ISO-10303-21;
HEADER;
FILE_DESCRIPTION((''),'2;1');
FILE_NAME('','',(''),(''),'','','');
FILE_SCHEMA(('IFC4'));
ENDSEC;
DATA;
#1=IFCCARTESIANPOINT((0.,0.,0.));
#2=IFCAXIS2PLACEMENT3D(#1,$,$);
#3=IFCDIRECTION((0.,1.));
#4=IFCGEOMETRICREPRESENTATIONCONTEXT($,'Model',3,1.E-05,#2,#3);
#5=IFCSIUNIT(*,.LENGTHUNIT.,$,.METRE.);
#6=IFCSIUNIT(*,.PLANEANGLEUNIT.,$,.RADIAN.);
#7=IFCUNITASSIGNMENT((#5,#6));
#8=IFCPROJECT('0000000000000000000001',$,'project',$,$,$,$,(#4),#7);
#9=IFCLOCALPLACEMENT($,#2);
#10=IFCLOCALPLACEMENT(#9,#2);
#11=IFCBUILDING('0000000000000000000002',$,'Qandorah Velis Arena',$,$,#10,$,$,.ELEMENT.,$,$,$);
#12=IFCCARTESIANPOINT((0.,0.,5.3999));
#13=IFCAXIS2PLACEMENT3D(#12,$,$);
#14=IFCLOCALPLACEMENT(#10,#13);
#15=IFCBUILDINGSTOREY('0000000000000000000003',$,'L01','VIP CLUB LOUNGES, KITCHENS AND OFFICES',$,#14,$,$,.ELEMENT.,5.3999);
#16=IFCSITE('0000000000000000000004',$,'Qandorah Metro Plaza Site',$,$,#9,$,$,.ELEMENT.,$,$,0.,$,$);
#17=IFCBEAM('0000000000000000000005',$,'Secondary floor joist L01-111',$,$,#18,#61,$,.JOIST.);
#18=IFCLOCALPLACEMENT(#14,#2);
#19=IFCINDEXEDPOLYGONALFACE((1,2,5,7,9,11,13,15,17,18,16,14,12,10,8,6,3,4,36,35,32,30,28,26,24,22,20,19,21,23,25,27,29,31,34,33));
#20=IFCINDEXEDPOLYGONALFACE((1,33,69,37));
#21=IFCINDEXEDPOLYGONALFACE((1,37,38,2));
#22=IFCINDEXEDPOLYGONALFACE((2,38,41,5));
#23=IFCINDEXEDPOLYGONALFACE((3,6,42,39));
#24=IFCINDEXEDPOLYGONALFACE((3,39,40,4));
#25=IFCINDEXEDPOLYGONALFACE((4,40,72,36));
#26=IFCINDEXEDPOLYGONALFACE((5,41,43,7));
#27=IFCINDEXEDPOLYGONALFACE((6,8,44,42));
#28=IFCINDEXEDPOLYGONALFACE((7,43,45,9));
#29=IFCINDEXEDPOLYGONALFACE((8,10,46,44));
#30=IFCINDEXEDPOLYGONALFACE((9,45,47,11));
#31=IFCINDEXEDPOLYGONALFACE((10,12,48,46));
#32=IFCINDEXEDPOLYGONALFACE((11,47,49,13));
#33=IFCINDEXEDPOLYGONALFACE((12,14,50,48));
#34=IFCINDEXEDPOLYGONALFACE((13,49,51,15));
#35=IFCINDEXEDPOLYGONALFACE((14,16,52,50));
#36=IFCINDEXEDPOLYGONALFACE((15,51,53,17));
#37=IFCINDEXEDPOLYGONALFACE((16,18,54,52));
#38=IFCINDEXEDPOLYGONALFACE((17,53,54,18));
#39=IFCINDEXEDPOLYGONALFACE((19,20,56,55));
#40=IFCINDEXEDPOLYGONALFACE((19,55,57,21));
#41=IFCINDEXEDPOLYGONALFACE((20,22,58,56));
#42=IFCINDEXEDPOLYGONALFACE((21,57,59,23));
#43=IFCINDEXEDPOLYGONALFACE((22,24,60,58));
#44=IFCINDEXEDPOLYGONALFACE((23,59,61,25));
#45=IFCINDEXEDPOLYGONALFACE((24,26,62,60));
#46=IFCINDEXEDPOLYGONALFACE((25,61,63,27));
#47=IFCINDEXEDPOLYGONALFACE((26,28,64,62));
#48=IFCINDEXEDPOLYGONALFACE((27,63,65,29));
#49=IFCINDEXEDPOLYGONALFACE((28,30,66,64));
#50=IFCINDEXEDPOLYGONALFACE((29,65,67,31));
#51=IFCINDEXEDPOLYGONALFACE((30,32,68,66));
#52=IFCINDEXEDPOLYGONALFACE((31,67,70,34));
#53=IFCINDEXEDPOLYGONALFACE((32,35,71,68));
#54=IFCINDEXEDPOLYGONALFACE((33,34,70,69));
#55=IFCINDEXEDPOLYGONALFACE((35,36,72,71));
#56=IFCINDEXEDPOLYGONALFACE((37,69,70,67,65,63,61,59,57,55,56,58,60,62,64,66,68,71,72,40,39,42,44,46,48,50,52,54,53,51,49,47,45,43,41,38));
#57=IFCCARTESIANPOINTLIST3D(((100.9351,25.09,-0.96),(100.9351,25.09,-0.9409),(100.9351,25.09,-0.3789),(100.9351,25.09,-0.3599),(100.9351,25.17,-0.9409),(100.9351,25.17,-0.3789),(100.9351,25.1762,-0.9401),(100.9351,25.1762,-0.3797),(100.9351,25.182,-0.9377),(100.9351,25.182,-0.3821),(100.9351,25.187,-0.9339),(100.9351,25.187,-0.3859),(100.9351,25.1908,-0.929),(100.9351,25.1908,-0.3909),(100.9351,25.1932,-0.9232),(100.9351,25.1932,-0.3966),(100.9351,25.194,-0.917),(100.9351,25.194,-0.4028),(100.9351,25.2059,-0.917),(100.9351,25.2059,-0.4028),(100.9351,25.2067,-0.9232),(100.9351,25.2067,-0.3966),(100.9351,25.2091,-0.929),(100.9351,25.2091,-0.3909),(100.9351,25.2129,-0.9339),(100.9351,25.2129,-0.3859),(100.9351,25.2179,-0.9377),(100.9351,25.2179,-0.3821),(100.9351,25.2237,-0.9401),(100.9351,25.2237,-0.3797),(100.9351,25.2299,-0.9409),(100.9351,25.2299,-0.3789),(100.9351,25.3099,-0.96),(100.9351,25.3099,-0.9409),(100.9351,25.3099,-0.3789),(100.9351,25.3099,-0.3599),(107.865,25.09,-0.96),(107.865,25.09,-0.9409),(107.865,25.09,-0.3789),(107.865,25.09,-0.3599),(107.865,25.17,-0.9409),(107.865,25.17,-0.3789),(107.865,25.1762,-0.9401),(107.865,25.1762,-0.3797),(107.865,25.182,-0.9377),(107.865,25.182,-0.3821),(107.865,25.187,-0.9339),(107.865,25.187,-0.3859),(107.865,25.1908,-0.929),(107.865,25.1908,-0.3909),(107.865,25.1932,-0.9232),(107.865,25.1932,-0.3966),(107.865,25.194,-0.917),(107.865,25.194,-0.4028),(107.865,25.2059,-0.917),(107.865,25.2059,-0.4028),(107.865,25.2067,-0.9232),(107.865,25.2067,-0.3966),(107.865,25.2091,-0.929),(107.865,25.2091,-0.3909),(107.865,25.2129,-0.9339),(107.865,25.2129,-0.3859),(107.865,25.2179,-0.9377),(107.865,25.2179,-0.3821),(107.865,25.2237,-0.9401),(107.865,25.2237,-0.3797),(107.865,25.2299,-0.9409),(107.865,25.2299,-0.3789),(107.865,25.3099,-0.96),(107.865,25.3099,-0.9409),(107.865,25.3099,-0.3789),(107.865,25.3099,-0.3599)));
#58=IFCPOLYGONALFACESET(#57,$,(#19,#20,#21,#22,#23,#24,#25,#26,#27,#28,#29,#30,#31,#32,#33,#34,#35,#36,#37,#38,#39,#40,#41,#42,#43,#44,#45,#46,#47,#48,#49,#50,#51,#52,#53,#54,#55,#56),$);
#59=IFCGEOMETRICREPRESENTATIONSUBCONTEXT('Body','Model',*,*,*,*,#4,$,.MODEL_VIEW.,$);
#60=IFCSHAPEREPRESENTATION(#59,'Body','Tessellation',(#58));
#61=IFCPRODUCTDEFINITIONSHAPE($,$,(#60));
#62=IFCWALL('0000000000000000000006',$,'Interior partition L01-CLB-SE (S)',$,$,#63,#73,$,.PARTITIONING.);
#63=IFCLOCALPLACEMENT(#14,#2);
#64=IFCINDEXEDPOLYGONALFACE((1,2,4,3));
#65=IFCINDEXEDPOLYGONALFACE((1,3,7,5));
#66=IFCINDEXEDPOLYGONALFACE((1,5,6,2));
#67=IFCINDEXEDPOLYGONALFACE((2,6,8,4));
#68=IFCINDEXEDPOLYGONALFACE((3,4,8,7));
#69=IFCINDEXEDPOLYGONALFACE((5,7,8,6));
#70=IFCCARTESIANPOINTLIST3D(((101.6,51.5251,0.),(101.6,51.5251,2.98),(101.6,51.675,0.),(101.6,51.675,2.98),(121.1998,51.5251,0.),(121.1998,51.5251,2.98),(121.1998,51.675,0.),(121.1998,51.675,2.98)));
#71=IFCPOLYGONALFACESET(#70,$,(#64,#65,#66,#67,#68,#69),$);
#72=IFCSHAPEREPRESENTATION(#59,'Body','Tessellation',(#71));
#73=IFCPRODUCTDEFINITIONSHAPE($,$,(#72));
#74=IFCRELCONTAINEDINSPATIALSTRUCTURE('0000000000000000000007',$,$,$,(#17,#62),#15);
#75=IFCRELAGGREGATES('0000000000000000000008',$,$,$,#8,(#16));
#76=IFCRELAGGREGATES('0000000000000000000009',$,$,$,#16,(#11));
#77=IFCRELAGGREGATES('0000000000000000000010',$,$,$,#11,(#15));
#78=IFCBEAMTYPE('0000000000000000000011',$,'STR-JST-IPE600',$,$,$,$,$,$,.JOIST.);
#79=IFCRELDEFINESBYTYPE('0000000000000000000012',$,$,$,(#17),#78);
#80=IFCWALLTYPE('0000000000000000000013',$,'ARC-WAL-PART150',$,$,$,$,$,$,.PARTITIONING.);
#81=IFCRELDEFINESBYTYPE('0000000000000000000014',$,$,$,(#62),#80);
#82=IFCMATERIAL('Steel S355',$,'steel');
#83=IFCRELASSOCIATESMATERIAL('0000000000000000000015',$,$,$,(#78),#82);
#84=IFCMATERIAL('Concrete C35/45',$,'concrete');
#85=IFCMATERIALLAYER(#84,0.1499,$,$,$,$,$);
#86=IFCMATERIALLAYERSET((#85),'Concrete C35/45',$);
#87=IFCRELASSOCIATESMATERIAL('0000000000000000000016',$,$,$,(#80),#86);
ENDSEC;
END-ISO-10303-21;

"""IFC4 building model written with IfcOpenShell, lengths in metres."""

from ifc_helpers import new_model, si_unit, direction, frame, frame_2d, origin, origin_2d, place, context, subcontext, project, spatial, rectangle, i_section, extrude, material, layer, layer_set, material_profile, profile_set, type_object, element, save


model = new_model("IFC4")

# Units and contexts
model_context = context("Model", 3, precision=1e-05, world=origin(), true_north=direction((0.0, 1.0)))
body_context = subcontext(model_context, "Body", "Model", "MODEL_VIEW")
ifc_project = project(units=[si_unit("LENGTHUNIT", "METRE"), si_unit("PLANEANGLEUNIT", "RADIAN")], contexts=[model_context])

# Site, building, storey
site_placement = place(None, origin())
site = spatial("IfcSite", under=ifc_project, at=site_placement, Name="Qandorah Metro Plaza Site", CompositionType="ELEMENT", RefElevation=0.0)
building_placement = place(site_placement, origin())
building = spatial("IfcBuilding", under=site, at=building_placement, Name="Qandorah Velis Arena", CompositionType="ELEMENT")
storey_placement = place(building_placement, frame((0.0, 0.0, 5.3999)))
storey = spatial("IfcBuildingStorey", under=building, at=storey_placement, Name="L01", Description="VIP CLUB LOUNGES, KITCHENS AND OFFICES", CompositionType="ELEMENT", Elevation=5.3999)

# Beam
ifc_material_1 = material(Name="Steel S355", Category="steel")
ifc_material_profile_1 = material_profile(ifc_material_1, i_section(OverallWidth=0.22, OverallDepth=0.6001, WebThickness=0.012, FlangeThickness=0.019, FilletRadius=0.0239, at=origin_2d()), Name="IPE 600")
ifc_profile_set_1 = profile_set([ifc_material_profile_1], Name="Steel S355")
beam_type_1 = type_object("IfcBeamType", Name="STR-JST-IPE600", PredefinedType="JOIST", material=ifc_profile_set_1)
beam_1_placement = place(storey_placement, frame((100.9351, 25.2, -0.6599), z_axis=(1.0, 0.0, 0.0), x_axis=(0.0, 1.0, 0.0)))
element("IfcBeam", 1, at=beam_1_placement, inside=storey, type_object=beam_type_1, Name="Secondary floor joist L01-111", PredefinedType="JOIST", context=body_context, shape_type="SweptSolid", body=[
    extrude(i_section(OverallWidth=0.22, OverallDepth=0.6001, WebThickness=0.012, FlangeThickness=0.019, FilletRadius=0.0239, at=origin_2d()), origin(), (0.0, 0.0, 1.0), 6.9299),
])

# Wall
ifc_material_2 = material(Name="Concrete C35/45", Category="concrete")
ifc_layer = layer(ifc_material_2, 0.1499)
ifc_layer_set = layer_set([ifc_layer], Name="Concrete C35/45")
wall_type = type_object("IfcWallType", Name="ARC-WAL-PART150", PredefinedType="PARTITIONING", material=ifc_layer_set)
wall_placement = place(storey_placement, frame((101.6001, 51.6001, 0.0), z_axis=(0.0, 0.0, 1.0), x_axis=(1.0, 0.0, 0.0)))
element("IfcWall", 2, at=wall_placement, inside=storey, type_object=wall_type, Name="Interior partition L01-CLB-SE (S)", PredefinedType="PARTITIONING", context=body_context, shape_type="SweptSolid", body=[
    extrude(rectangle(XDim=19.5999, YDim=0.1499, at=frame_2d((9.7998, 0.0))), origin(), (0.0, 0.0, 1.0), 2.98),
])

save(model, "model.ifc")
